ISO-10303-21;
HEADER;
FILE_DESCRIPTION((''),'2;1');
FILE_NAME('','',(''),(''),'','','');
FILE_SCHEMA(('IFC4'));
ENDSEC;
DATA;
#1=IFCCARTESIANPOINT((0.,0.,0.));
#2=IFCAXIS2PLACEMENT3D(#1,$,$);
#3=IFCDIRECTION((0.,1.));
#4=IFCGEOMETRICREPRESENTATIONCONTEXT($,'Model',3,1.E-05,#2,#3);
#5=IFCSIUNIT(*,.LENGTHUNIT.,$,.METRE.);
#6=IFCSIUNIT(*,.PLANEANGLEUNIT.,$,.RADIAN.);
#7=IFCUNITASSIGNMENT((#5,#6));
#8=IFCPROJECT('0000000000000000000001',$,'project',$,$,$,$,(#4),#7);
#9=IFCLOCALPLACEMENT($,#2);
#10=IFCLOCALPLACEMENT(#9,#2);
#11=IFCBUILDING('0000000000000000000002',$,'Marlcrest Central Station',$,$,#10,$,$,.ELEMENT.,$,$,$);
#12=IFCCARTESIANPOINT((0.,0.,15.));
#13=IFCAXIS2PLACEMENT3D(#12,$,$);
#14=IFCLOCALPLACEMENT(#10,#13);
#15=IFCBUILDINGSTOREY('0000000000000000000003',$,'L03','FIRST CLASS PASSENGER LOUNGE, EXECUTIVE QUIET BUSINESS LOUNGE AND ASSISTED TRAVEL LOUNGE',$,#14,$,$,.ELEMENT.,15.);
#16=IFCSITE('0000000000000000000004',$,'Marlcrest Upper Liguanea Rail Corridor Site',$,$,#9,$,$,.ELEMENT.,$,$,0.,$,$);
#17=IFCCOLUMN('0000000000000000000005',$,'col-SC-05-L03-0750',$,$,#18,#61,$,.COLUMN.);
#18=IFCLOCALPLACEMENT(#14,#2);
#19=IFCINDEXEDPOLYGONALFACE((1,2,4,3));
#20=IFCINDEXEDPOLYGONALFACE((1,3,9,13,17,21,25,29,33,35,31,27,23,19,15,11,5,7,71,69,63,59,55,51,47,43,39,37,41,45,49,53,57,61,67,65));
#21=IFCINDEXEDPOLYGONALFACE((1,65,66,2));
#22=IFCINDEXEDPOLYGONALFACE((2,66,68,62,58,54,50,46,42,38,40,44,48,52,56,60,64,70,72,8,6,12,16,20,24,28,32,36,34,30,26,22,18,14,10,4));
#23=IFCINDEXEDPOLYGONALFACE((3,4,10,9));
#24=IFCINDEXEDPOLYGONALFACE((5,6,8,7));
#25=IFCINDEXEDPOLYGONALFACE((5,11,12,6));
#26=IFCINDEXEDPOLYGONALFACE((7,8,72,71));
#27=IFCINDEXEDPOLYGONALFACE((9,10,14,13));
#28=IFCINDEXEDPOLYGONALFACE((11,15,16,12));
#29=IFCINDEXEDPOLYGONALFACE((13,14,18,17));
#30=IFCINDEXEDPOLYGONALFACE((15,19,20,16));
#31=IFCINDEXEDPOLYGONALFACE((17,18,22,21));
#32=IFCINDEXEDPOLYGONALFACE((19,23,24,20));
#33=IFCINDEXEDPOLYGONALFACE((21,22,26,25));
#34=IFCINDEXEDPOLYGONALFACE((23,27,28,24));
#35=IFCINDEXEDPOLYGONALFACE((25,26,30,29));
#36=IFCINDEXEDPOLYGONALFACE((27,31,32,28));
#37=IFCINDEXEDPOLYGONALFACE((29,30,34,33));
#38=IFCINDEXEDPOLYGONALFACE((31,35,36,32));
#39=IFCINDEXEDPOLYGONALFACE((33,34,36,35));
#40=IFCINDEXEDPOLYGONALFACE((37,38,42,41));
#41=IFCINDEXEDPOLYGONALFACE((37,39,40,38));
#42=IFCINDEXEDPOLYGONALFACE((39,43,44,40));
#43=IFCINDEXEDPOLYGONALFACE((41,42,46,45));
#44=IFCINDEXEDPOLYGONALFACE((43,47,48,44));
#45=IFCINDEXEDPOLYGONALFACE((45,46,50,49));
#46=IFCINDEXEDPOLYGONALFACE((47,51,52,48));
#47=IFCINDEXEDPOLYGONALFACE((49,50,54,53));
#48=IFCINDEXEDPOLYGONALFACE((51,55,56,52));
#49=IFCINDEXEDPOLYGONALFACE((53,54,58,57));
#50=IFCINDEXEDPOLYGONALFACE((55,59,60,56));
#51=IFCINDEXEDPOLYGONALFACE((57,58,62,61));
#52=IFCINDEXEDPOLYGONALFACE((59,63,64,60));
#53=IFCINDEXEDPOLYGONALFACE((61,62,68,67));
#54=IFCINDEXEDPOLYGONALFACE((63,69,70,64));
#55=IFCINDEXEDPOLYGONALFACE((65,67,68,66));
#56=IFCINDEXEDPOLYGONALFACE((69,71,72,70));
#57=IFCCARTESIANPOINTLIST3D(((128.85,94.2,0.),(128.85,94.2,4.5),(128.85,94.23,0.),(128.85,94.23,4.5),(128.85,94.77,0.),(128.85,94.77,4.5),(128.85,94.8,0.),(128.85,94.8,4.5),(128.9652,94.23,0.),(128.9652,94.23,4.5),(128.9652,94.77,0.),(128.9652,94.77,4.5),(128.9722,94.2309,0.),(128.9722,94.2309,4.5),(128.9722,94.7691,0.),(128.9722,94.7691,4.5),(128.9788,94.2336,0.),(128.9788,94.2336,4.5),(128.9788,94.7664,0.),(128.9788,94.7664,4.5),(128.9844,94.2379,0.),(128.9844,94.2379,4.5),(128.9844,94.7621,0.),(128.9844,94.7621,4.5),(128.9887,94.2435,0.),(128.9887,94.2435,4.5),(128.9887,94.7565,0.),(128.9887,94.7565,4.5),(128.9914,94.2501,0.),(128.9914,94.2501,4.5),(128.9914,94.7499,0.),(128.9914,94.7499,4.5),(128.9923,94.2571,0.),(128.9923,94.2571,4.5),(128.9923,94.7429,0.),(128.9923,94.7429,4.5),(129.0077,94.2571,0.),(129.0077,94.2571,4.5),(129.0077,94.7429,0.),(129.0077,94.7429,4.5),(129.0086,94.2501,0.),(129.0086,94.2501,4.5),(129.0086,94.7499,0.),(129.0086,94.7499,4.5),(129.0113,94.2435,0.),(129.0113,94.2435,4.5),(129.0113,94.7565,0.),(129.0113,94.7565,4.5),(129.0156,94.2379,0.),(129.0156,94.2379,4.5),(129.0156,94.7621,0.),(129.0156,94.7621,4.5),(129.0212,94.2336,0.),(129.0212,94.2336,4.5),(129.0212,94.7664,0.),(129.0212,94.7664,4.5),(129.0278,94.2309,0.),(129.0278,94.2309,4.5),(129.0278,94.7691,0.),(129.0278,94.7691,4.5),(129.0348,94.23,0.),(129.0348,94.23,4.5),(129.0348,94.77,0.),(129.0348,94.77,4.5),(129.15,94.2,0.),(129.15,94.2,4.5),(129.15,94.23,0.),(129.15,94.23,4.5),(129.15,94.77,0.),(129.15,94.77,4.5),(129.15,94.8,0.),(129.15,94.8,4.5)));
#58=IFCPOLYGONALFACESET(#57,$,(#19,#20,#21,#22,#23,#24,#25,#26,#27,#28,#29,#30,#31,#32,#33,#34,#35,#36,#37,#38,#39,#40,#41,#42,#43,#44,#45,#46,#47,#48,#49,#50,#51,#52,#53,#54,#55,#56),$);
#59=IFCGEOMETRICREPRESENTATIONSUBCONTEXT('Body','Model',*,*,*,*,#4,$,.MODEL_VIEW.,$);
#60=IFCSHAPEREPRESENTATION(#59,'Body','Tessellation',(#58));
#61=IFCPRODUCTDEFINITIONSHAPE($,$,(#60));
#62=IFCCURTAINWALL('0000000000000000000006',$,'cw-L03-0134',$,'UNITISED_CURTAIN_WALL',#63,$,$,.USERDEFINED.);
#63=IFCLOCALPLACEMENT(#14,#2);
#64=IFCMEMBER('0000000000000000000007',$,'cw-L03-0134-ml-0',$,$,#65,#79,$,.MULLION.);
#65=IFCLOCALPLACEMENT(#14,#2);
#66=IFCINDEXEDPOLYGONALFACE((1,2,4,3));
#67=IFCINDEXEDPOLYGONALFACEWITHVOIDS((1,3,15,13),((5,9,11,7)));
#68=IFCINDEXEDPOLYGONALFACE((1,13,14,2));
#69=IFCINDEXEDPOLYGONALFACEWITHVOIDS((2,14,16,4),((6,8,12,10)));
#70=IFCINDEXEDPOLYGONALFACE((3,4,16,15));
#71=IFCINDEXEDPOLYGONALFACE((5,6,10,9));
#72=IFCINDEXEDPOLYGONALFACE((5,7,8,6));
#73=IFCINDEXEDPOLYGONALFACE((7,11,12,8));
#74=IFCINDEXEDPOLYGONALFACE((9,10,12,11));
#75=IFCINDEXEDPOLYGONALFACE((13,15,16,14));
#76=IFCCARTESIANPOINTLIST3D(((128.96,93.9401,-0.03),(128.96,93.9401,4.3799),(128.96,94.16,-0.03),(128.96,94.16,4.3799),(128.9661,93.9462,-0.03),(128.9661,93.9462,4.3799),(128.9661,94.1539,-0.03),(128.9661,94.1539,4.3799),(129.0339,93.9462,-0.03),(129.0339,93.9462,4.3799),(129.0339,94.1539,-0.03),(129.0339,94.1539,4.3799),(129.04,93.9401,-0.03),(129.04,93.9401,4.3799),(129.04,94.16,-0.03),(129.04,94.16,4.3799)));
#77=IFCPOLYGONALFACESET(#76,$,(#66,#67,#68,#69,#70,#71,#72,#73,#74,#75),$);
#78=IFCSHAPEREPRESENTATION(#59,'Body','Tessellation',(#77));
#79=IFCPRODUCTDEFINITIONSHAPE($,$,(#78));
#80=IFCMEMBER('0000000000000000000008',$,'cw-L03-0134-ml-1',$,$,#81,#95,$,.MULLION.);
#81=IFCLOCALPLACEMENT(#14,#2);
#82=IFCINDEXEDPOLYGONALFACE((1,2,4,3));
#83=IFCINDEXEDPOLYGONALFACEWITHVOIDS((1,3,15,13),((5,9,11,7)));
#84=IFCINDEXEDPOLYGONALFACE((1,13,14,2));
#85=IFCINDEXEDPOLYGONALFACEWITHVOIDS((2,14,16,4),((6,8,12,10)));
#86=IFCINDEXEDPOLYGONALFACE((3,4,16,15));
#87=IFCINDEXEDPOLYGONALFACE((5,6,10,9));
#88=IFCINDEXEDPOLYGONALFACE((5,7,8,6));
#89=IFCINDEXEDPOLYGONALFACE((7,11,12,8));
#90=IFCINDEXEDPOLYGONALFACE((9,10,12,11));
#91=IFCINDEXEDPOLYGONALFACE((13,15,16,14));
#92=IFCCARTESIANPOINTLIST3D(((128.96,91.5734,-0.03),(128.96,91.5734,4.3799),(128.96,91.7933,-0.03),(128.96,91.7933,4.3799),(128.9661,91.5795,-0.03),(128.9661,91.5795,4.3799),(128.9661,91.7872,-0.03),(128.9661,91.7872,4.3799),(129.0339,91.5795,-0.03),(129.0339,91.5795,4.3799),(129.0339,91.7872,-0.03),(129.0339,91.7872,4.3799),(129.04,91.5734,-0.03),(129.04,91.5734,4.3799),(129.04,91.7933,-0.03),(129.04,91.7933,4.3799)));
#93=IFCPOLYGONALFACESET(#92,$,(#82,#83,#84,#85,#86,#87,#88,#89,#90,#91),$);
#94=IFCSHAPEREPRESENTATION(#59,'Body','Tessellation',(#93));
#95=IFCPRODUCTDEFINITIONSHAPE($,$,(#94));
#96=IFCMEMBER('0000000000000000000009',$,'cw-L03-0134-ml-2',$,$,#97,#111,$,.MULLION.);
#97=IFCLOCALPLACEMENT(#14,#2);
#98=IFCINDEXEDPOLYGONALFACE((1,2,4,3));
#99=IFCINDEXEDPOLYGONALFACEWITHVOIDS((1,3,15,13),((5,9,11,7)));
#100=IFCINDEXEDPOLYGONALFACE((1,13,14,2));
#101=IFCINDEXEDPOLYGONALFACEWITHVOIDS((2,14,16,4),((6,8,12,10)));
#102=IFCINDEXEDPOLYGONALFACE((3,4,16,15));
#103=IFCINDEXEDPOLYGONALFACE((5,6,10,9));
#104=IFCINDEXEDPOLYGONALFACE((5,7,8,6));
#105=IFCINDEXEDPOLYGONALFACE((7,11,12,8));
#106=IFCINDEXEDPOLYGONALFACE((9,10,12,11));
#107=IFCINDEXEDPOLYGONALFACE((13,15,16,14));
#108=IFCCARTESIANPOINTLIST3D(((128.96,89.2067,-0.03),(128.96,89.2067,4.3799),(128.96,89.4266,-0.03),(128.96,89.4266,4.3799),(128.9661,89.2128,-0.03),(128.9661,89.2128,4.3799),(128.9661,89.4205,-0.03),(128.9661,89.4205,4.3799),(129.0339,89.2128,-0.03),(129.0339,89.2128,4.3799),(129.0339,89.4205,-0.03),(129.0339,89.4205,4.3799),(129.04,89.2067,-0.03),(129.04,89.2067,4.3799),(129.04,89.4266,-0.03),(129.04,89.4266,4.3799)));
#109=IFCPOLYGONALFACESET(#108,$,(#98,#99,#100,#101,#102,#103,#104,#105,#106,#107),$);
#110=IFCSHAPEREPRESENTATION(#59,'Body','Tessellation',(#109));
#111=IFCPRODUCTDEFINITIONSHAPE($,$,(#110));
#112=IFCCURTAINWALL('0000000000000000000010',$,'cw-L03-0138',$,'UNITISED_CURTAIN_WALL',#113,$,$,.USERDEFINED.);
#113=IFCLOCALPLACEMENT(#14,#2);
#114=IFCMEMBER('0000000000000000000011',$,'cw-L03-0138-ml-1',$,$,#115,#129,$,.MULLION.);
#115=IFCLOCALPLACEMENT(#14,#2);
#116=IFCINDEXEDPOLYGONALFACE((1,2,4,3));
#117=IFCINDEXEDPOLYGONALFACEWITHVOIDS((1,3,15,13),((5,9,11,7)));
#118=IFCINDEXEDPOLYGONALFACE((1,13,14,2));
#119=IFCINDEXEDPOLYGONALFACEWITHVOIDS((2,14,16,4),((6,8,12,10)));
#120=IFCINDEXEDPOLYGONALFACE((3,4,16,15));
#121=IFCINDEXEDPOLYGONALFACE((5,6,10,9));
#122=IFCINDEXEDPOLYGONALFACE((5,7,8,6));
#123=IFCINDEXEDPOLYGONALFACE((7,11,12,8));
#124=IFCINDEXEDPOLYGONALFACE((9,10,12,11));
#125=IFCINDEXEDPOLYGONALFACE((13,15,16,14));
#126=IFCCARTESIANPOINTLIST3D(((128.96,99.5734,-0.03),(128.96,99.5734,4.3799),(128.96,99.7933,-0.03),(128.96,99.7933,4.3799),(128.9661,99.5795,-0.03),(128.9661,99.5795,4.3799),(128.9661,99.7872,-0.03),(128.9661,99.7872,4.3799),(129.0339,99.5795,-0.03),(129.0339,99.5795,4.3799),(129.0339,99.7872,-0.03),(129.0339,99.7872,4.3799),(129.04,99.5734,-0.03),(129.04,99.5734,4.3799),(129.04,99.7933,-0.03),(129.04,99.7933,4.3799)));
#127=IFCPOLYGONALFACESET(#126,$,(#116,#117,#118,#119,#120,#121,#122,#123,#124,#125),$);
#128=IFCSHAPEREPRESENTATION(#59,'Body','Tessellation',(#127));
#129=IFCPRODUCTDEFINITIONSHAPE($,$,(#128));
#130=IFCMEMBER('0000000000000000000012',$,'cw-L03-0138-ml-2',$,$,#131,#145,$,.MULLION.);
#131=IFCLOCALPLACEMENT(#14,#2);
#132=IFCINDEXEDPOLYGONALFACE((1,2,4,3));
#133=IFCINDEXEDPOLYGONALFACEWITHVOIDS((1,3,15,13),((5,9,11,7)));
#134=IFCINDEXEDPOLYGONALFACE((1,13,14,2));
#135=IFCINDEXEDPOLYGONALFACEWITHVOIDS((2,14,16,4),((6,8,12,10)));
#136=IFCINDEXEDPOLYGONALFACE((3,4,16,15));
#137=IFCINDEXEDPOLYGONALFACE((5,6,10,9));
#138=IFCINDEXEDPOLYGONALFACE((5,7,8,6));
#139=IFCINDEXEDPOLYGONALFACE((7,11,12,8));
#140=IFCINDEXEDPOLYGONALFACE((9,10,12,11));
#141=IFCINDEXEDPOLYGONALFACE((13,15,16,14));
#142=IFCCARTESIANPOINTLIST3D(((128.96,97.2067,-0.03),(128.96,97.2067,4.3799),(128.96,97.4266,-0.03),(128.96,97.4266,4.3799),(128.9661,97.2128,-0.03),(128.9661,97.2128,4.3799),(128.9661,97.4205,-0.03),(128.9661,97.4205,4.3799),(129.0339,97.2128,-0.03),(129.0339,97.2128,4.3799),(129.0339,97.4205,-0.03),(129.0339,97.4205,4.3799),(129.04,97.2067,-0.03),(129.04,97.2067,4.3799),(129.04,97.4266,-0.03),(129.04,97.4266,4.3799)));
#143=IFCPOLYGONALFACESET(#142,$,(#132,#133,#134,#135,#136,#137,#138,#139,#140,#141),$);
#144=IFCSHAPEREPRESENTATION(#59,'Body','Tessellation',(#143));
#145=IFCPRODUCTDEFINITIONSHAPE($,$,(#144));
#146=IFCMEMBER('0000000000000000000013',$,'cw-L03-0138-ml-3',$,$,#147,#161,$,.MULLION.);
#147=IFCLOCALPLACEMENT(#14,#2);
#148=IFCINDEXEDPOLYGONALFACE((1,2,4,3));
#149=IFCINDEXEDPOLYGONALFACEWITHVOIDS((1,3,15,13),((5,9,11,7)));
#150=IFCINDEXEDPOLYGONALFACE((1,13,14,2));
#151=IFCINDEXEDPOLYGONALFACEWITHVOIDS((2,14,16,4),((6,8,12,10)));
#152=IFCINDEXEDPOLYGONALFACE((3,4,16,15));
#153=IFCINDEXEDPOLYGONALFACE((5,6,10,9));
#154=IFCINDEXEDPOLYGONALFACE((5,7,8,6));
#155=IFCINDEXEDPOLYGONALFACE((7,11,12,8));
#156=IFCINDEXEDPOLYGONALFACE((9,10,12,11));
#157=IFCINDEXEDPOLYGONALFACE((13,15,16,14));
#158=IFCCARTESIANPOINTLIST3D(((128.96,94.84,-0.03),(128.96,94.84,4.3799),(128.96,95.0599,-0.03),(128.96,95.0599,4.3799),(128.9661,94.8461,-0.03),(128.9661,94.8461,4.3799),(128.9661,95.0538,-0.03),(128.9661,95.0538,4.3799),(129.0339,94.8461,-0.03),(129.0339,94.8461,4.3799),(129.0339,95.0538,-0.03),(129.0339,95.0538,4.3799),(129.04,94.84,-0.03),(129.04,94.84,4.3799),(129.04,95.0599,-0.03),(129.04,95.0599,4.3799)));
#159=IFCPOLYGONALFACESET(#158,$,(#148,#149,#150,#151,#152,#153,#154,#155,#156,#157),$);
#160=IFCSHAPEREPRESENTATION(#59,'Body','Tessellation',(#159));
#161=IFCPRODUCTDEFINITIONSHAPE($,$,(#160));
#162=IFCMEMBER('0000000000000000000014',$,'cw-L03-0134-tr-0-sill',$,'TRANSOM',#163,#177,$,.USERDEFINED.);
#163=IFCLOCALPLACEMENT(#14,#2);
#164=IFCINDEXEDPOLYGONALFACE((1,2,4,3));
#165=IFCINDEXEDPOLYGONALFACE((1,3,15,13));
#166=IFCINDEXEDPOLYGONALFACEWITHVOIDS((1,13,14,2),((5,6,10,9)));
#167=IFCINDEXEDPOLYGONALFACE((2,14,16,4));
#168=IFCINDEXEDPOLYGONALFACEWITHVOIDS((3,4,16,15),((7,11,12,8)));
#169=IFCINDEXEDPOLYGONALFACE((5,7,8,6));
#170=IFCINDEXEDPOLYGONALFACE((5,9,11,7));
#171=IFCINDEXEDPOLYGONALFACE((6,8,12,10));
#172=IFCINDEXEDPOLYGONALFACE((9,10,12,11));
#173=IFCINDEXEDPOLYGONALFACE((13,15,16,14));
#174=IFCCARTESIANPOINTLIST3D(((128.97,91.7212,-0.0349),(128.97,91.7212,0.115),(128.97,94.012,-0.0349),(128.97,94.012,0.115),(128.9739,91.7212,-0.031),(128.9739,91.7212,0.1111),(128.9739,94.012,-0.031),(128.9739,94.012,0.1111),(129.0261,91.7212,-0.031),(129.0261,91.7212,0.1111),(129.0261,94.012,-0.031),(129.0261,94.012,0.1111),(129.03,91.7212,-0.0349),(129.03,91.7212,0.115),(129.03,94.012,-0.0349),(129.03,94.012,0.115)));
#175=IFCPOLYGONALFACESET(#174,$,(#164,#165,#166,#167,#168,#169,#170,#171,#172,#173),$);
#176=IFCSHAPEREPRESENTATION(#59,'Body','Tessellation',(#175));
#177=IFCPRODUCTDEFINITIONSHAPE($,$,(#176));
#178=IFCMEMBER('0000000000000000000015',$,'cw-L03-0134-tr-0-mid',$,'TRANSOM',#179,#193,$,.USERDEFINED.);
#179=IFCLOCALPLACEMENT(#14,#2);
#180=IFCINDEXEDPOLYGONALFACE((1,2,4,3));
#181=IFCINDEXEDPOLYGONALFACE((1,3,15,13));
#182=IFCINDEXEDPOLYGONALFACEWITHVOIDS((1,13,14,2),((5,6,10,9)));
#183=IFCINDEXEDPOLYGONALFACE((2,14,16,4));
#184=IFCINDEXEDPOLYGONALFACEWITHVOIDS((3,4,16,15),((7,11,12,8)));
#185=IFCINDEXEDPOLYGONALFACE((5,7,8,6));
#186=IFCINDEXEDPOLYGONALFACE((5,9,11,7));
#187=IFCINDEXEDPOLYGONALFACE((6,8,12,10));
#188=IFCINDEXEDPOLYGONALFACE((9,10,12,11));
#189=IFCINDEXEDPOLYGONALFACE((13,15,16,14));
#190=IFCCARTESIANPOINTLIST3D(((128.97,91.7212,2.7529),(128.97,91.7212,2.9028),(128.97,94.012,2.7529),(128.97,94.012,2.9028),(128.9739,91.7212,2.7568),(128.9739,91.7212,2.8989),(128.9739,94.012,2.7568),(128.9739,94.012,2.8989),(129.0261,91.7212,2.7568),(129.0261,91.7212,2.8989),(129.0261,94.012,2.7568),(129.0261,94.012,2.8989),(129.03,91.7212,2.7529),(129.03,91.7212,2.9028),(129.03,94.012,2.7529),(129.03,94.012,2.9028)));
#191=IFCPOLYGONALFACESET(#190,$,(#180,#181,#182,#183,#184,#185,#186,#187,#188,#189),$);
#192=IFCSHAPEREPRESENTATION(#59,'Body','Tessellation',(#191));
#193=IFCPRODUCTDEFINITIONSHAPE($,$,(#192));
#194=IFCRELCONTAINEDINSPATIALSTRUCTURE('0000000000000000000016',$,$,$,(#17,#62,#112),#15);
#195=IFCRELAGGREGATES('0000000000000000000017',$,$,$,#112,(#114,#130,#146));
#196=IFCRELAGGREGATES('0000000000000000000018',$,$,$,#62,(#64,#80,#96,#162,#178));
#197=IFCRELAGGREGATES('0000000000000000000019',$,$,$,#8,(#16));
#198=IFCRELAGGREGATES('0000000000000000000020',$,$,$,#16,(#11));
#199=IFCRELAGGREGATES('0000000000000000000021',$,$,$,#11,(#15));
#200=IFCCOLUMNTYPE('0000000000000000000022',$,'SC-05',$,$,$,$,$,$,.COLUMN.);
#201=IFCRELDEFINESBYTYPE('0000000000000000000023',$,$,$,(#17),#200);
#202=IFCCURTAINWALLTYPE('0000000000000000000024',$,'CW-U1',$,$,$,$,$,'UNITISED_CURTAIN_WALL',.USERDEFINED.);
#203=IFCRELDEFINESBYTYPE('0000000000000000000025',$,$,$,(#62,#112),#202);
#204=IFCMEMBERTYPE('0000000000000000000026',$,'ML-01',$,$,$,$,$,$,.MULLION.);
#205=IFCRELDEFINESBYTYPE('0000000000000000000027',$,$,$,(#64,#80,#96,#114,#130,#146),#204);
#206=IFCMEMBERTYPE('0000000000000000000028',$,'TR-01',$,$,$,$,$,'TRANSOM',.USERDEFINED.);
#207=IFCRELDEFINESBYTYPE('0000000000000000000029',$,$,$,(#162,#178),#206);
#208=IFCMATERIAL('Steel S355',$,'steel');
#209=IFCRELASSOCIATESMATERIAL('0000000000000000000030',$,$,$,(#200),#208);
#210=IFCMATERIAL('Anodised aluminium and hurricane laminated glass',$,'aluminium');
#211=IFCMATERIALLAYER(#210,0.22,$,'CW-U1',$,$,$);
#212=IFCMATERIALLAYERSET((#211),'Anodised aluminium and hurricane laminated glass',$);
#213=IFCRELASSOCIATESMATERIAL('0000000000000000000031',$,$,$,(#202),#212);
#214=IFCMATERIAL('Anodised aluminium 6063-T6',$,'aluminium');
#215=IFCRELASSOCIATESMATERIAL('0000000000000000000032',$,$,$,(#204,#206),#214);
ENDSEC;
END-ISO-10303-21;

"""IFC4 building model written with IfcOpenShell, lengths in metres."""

from ifc_helpers import new_model, si_unit, direction, frame, origin, origin_2d, place, context, subcontext, project, spatial, hollow_rectangle, i_section, extrude, material, layer, layer_set, material_profile, profile_set, type_object, element, aggregate, save


model = new_model("IFC4")

# Units and contexts
model_context = context("Model", 3, precision=1e-05, world=origin(), true_north=direction((0.0, 1.0)))
body_context = subcontext(model_context, "Body", "Model", "MODEL_VIEW")
ifc_project = project(units=[si_unit("LENGTHUNIT", "METRE"), si_unit("PLANEANGLEUNIT", "RADIAN")], contexts=[model_context])

# Site, building, storey
site_placement = place(None, origin())
site = spatial("IfcSite", under=ifc_project, at=site_placement, Name="Marlcrest Upper Liguanea Rail Corridor Site", CompositionType="ELEMENT", RefElevation=0.0)
building_placement = place(site_placement, origin())
building = spatial("IfcBuilding", under=site, at=building_placement, Name="Marlcrest Central Station", CompositionType="ELEMENT")
storey_placement = place(building_placement, frame((0.0, 0.0, 15.0)))
storey = spatial("IfcBuildingStorey", under=building, at=storey_placement, Name="L03", Description="FIRST CLASS PASSENGER LOUNGE, EXECUTIVE QUIET BUSINESS LOUNGE AND ASSISTED TRAVEL LOUNGE", CompositionType="ELEMENT", Elevation=15.0)

# Column
ifc_material_1 = material(Name="Steel S355", Category="steel")
ifc_material_profile_1 = material_profile(ifc_material_1, i_section(OverallWidth=0.3, OverallDepth=0.6001, WebThickness=0.0154, FlangeThickness=0.03, FilletRadius=0.0271, at=origin_2d()), Name="HEB 600")
ifc_profile_set_1 = profile_set([ifc_material_profile_1], Name="Steel S355")
column_type = type_object("IfcColumnType", Name="SC-05", PredefinedType="COLUMN", material=ifc_profile_set_1)
column_placement = place(storey_placement, frame((129.0, 94.5, 0.0), z_axis=(0.0, 0.0, 1.0), x_axis=(1.0, 0.0, 0.0)))
element("IfcColumn", 1, at=column_placement, inside=storey, type_object=column_type, Name="col-SC-05-L03-0750", PredefinedType="COLUMN", context=body_context, shape_type="SweptSolid", body=[
    extrude(i_section(OverallWidth=0.3, OverallDepth=0.6001, WebThickness=0.0154, FlangeThickness=0.03, FilletRadius=0.0271, at=origin_2d()), origin(), (0.0, 0.0, 1.0), 4.5),
])

# Curtain walls, members
ifc_material_2 = material(Name="Anodised aluminium and hurricane laminated glass", Category="aluminium")
ifc_layer_1 = layer(ifc_material_2, 0.22, Name="CW-U1")
ifc_layer_set_1 = layer_set([ifc_layer_1], Name="Anodised aluminium and hurricane laminated glass")
curtain_wall_type = type_object("IfcCurtainWallType", Name="CW-U1", ElementType="UNITISED_CURTAIN_WALL", PredefinedType="USERDEFINED", material=ifc_layer_set_1)
curtain_wall_1_placement = place(storey_placement, origin())
curtain_wall_1 = element("IfcCurtainWall", 2, at=curtain_wall_1_placement, inside=storey, type_object=curtain_wall_type, Name="cw-L03-0134", ObjectType="UNITISED_CURTAIN_WALL", PredefinedType="USERDEFINED")
ifc_material_3 = material(Name="Anodised aluminium 6063-T6", Category="aluminium")
ifc_material_profile_2 = material_profile(ifc_material_3, hollow_rectangle(XDim=0.0801, YDim=0.22, WallThickness=0.0061, at=origin_2d()), Name="AA-RHS 220x80x6")
ifc_profile_set_2 = profile_set([ifc_material_profile_2], Name="Anodised aluminium 6063-T6")
member_type_1 = type_object("IfcMemberType", Name="ML-01", PredefinedType="MULLION", material=ifc_profile_set_2)
member_1_placement = place(storey_placement, frame((129.0, 94.05, -0.03), z_axis=(0.0, 0.0, 1.0), x_axis=(1.0, 0.0, 0.0)))
member_1 = element("IfcMember", 3, at=member_1_placement, type_object=member_type_1, Name="cw-L03-0134-ml-0", PredefinedType="MULLION", context=body_context, shape_type="SweptSolid", body=[
    extrude(hollow_rectangle(XDim=0.0801, YDim=0.22, WallThickness=0.0061, at=origin_2d()), origin(), (0.0, 0.0, 1.0), 4.4099),
])
member_2_placement = place(storey_placement, frame((129.0, 91.6833, -0.03), z_axis=(0.0, 0.0, 1.0), x_axis=(1.0, 0.0, 0.0)))
member_2 = element("IfcMember", 4, at=member_2_placement, type_object=member_type_1, Name="cw-L03-0134-ml-1", PredefinedType="MULLION", context=body_context, shape_type="SweptSolid", body=[
    extrude(hollow_rectangle(XDim=0.0801, YDim=0.22, WallThickness=0.0061, at=origin_2d()), origin(), (0.0, 0.0, 1.0), 4.4099),
])
member_3_placement = place(storey_placement, frame((129.0, 89.3167, -0.03), z_axis=(0.0, 0.0, 1.0), x_axis=(1.0, 0.0, 0.0)))
member_3 = element("IfcMember", 5, at=member_3_placement, type_object=member_type_1, Name="cw-L03-0134-ml-2", PredefinedType="MULLION", context=body_context, shape_type="SweptSolid", body=[
    extrude(hollow_rectangle(XDim=0.0801, YDim=0.22, WallThickness=0.0061, at=origin_2d()), origin(), (0.0, 0.0, 1.0), 4.4099),
])
curtain_wall_2_placement = place(storey_placement, origin())
curtain_wall_2 = element("IfcCurtainWall", 6, at=curtain_wall_2_placement, inside=storey, type_object=curtain_wall_type, Name="cw-L03-0138", ObjectType="UNITISED_CURTAIN_WALL", PredefinedType="USERDEFINED")
member_4_placement = place(storey_placement, frame((129.0, 99.6833, -0.03), z_axis=(0.0, 0.0, 1.0), x_axis=(1.0, 0.0, 0.0)))
member_4 = element("IfcMember", 7, at=member_4_placement, type_object=member_type_1, Name="cw-L03-0138-ml-1", PredefinedType="MULLION", context=body_context, shape_type="SweptSolid", body=[
    extrude(hollow_rectangle(XDim=0.0801, YDim=0.22, WallThickness=0.0061, at=origin_2d()), origin(), (0.0, 0.0, 1.0), 4.4099),
])
member_5_placement = place(storey_placement, frame((129.0, 97.3167, -0.03), z_axis=(0.0, 0.0, 1.0), x_axis=(1.0, 0.0, 0.0)))
member_5 = element("IfcMember", 8, at=member_5_placement, type_object=member_type_1, Name="cw-L03-0138-ml-2", PredefinedType="MULLION", context=body_context, shape_type="SweptSolid", body=[
    extrude(hollow_rectangle(XDim=0.0801, YDim=0.22, WallThickness=0.0061, at=origin_2d()), origin(), (0.0, 0.0, 1.0), 4.4099),
])
member_6_placement = place(storey_placement, frame((129.0, 94.95, -0.03), z_axis=(0.0, 0.0, 1.0), x_axis=(1.0, 0.0, 0.0)))
member_6 = element("IfcMember", 9, at=member_6_placement, type_object=member_type_1, Name="cw-L03-0138-ml-3", PredefinedType="MULLION", context=body_context, shape_type="SweptSolid", body=[
    extrude(hollow_rectangle(XDim=0.0801, YDim=0.22, WallThickness=0.0061, at=origin_2d()), origin(), (0.0, 0.0, 1.0), 4.4099),
])

# Members
ifc_material_profile_3 = material_profile(ifc_material_3, hollow_rectangle(XDim=0.0601, YDim=0.1499, WallThickness=0.0039, at=origin_2d()), Name="AA-RHS 150x60x4")
ifc_profile_set_3 = profile_set([ifc_material_profile_3], Name="Anodised aluminium 6063-T6")
member_type_2 = type_object("IfcMemberType", Name="TR-01", ElementType="TRANSOM", PredefinedType="USERDEFINED", material=ifc_profile_set_3)
member_7_placement = place(storey_placement, frame((129.0, 94.012, 0.04), z_axis=(0.0, -1.0, 0.0), x_axis=(1.0, 0.0, 0.0)))
member_7 = element("IfcMember", 10, at=member_7_placement, type_object=member_type_2, Name="cw-L03-0134-tr-0-sill", ObjectType="TRANSOM", PredefinedType="USERDEFINED", context=body_context, shape_type="SweptSolid", body=[
    extrude(hollow_rectangle(XDim=0.0601, YDim=0.1499, WallThickness=0.0039, at=origin_2d()), origin(), (0.0, 0.0, 1.0), 2.2908),
])
member_8_placement = place(storey_placement, frame((129.0, 94.012, 2.8279), z_axis=(0.0, -1.0, 0.0), x_axis=(1.0, 0.0, 0.0)))
member_8 = element("IfcMember", 11, at=member_8_placement, type_object=member_type_2, Name="cw-L03-0134-tr-0-mid", ObjectType="TRANSOM", PredefinedType="USERDEFINED", context=body_context, shape_type="SweptSolid", body=[
    extrude(hollow_rectangle(XDim=0.0601, YDim=0.1499, WallThickness=0.0039, at=origin_2d()), origin(), (0.0, 0.0, 1.0), 2.2908),
])

aggregate(curtain_wall_2, [member_4, member_5, member_6])
aggregate(curtain_wall_1, [member_1, member_2, member_3, member_7, member_8])

save(model, "model.ifc")
